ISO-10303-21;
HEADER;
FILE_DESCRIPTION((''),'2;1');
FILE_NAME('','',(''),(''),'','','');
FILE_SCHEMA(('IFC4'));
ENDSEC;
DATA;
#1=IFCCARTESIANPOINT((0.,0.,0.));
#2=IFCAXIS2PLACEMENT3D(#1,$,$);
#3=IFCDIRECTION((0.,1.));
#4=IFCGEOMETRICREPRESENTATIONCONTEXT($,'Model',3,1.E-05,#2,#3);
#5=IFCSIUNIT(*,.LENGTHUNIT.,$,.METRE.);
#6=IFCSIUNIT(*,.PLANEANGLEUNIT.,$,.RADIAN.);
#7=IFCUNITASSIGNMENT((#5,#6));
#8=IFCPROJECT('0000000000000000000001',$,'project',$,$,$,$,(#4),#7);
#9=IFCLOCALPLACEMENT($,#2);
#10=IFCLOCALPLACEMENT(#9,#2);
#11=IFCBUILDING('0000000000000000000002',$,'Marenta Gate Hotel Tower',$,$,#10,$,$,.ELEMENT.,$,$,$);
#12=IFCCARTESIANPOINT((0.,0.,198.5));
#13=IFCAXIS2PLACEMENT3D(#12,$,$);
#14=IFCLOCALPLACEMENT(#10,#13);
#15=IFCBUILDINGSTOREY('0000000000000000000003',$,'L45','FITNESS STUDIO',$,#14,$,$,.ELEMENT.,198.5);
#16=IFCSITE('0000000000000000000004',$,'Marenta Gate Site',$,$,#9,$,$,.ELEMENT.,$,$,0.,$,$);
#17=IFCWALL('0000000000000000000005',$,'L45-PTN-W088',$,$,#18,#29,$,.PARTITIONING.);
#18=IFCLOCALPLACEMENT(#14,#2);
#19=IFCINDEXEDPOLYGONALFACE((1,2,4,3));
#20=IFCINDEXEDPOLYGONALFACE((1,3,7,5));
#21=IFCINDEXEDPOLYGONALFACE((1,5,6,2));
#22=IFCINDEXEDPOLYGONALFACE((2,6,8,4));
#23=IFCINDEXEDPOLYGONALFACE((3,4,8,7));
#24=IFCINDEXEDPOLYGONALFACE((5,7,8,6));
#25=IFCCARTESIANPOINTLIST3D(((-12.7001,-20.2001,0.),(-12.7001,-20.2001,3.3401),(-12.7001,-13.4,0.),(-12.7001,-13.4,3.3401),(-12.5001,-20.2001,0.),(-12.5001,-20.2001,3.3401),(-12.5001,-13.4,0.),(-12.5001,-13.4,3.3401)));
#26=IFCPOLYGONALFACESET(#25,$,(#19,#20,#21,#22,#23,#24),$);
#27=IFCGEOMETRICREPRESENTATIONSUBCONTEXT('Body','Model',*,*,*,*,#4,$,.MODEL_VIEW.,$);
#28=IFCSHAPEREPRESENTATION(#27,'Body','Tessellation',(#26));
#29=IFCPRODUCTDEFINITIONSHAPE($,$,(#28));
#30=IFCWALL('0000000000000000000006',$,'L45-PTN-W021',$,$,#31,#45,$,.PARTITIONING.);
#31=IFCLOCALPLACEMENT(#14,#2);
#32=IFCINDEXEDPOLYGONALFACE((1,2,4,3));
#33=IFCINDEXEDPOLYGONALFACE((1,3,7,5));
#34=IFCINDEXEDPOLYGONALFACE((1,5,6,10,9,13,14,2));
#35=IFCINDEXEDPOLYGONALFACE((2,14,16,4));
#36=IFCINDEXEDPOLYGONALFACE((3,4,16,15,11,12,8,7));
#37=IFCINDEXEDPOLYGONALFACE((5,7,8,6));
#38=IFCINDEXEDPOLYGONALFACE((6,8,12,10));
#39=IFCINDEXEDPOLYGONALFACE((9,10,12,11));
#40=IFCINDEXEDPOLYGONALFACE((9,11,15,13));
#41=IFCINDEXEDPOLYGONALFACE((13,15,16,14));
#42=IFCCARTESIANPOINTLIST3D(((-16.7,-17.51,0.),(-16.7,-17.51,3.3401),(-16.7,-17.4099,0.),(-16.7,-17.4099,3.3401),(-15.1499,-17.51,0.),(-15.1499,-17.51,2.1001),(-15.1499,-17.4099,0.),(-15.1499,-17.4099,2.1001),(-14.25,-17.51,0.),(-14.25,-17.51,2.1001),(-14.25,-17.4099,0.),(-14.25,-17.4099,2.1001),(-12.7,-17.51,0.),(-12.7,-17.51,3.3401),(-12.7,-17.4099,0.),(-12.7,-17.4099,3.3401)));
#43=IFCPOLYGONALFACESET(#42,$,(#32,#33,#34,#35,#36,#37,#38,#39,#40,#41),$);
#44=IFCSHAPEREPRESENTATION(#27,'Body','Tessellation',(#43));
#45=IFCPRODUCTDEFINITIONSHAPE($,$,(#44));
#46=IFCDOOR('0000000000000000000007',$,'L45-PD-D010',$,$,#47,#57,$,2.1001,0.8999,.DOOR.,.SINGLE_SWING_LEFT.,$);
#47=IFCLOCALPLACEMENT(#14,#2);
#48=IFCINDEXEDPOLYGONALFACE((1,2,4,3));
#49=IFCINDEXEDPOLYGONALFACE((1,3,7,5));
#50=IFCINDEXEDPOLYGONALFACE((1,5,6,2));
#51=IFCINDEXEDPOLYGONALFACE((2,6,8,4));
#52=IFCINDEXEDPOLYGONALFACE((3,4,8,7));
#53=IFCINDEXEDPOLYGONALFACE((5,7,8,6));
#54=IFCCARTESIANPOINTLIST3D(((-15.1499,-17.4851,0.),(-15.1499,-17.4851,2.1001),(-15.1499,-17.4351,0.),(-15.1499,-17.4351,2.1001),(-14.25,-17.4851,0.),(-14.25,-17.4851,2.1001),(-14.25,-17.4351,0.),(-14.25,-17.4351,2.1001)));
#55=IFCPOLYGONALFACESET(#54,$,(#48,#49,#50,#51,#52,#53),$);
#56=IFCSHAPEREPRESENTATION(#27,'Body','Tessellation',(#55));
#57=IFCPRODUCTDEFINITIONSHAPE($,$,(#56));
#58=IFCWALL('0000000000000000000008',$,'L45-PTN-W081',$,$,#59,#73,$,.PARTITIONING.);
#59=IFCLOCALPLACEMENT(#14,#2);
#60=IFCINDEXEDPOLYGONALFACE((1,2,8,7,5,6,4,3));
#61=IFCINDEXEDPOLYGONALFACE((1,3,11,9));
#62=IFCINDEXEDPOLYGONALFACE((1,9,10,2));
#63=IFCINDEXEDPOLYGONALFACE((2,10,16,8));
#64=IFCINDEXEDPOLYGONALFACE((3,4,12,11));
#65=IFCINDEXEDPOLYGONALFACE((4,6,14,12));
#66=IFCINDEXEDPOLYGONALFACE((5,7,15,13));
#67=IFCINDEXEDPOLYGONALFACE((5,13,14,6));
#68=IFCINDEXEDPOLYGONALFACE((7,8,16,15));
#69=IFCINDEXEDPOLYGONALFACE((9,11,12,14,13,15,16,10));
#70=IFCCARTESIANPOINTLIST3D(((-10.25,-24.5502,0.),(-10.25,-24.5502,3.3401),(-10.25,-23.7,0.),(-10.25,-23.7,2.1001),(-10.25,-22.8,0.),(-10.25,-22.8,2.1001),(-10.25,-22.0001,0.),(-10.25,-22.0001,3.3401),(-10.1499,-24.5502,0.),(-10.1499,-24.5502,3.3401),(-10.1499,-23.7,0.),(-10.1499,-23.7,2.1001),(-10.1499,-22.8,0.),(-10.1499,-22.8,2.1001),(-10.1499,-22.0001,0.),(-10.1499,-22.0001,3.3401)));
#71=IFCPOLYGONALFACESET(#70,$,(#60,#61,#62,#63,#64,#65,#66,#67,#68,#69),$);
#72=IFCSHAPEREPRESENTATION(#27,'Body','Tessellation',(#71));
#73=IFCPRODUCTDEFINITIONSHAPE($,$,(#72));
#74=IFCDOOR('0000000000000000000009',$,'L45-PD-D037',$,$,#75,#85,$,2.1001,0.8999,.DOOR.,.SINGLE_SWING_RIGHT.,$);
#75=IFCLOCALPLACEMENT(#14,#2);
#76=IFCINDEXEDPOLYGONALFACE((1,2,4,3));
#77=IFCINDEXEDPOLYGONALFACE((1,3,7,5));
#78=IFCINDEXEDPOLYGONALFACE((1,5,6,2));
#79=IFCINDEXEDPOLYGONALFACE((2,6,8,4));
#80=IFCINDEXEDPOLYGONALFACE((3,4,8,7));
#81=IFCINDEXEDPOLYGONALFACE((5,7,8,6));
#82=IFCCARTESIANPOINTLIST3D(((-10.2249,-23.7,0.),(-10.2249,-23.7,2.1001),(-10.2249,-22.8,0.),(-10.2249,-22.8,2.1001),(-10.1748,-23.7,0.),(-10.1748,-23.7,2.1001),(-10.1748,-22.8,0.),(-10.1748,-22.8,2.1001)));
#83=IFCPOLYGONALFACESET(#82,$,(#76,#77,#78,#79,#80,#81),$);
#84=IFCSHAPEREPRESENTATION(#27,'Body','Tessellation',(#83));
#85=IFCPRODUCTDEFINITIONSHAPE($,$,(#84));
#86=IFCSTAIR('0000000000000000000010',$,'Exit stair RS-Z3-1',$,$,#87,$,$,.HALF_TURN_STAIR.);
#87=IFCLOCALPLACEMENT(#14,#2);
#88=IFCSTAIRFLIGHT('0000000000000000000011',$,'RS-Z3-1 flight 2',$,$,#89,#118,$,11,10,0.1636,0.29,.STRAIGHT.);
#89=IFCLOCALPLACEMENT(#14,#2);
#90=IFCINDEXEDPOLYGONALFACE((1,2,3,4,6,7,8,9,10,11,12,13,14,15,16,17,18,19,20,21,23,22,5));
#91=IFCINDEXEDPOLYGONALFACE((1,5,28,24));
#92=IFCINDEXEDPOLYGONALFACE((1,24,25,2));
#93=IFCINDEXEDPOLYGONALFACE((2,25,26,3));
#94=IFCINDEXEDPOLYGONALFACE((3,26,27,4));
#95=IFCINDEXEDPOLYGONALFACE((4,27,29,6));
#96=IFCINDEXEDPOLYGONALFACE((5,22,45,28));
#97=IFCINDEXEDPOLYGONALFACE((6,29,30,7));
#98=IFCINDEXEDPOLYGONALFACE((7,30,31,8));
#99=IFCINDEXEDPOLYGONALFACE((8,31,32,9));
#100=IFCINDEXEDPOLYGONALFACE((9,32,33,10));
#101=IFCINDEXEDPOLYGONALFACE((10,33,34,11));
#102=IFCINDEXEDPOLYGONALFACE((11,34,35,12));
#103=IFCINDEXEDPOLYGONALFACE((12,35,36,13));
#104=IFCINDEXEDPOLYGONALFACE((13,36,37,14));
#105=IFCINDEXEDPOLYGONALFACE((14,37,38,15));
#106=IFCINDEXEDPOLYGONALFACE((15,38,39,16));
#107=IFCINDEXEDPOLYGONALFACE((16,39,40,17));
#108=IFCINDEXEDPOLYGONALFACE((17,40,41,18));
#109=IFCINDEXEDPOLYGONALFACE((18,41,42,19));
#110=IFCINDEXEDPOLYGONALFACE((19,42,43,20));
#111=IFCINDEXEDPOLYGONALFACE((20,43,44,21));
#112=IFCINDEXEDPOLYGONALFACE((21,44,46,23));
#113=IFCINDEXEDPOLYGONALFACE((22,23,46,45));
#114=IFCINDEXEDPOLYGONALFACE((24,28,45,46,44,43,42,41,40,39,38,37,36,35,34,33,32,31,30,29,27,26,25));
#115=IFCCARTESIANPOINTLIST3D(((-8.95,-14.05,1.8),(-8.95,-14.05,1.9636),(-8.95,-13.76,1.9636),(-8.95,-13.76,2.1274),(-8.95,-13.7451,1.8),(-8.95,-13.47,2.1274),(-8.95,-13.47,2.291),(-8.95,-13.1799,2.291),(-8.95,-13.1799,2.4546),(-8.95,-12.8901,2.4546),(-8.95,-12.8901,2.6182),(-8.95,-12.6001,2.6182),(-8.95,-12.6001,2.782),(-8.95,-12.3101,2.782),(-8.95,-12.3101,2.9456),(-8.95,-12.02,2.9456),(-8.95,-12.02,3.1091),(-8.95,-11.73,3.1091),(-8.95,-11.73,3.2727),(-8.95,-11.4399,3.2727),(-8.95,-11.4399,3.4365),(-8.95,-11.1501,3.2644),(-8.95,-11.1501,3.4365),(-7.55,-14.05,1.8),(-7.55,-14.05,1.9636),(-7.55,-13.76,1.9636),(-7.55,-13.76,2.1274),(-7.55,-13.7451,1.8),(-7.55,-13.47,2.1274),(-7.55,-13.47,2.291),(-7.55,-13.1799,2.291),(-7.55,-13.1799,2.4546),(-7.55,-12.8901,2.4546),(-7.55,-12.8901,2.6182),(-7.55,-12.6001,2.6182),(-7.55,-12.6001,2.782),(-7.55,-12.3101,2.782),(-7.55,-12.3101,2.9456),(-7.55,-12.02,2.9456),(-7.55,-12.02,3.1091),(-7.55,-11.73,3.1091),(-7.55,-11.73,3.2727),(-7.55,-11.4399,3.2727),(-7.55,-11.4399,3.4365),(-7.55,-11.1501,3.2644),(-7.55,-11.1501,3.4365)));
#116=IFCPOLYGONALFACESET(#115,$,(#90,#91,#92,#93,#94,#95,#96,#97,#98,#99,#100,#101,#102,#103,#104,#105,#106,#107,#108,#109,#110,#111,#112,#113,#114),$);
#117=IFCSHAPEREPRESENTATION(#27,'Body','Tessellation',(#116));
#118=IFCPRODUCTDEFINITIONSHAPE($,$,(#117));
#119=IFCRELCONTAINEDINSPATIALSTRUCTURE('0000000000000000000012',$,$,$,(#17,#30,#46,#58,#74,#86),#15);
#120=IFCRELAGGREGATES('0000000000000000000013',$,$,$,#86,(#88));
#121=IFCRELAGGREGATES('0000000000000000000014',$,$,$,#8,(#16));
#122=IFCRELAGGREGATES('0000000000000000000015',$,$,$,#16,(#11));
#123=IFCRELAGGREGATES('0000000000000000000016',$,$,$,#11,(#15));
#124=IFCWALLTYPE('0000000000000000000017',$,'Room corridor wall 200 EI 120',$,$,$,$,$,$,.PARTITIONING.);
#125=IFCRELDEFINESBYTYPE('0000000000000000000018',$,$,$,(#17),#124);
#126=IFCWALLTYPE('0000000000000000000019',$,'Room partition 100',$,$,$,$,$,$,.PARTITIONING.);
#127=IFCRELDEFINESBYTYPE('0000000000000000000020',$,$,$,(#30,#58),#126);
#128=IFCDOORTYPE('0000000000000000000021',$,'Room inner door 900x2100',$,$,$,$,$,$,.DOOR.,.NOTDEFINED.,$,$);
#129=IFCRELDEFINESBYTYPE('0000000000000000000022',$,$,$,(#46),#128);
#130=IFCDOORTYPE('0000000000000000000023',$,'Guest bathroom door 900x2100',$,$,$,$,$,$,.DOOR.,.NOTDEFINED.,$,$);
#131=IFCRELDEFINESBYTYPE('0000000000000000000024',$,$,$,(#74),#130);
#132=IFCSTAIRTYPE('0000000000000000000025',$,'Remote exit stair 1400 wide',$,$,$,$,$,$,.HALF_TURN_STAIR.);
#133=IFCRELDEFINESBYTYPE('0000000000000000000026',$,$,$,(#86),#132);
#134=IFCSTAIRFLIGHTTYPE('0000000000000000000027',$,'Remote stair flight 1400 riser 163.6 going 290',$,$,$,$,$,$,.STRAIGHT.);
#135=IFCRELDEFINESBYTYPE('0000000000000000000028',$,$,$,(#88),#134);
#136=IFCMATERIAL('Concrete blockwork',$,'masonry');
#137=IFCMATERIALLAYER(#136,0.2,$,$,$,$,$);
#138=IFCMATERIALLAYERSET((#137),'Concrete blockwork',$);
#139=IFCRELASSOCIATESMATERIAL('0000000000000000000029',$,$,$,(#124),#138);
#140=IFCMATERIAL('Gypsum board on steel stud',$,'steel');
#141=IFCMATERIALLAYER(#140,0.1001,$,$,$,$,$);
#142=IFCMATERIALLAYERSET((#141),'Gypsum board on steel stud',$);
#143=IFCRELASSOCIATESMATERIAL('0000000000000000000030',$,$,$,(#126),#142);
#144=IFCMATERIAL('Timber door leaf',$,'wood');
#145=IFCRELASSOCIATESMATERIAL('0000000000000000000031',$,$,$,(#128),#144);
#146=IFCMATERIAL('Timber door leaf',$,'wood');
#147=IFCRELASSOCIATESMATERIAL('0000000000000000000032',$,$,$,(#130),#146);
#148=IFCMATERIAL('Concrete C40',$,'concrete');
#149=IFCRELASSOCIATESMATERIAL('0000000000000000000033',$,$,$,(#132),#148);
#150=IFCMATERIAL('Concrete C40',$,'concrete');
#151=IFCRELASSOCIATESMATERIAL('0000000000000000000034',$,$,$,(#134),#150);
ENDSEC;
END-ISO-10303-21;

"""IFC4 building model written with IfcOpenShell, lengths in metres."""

from ifc_helpers import new_model, si_unit, direction, frame, frame_2d, origin, place, context, subcontext, project, spatial, polyline, rectangle, outline, extrude, material, layer, layer_set, type_object, element, fill, aggregate, save


model = new_model("IFC4")

# Units and contexts
model_context = context("Model", 3, precision=1e-05, world=origin(), true_north=direction((0.0, 1.0)))
body_context = subcontext(model_context, "Body", "Model", "MODEL_VIEW")
ifc_project = project(units=[si_unit("LENGTHUNIT", "METRE"), si_unit("PLANEANGLEUNIT", "RADIAN")], contexts=[model_context])

# Site, building, storey
site_placement = place(None, origin())
site = spatial("IfcSite", under=ifc_project, at=site_placement, Name="Marenta Gate Site", CompositionType="ELEMENT", RefElevation=0.0)
building_placement = place(site_placement, origin())
building = spatial("IfcBuilding", under=site, at=building_placement, Name="Marenta Gate Hotel Tower", CompositionType="ELEMENT")
storey_placement = place(building_placement, frame((0.0, 0.0, 198.5)))
storey = spatial("IfcBuildingStorey", under=building, at=storey_placement, Name="L45", Description="FITNESS STUDIO", CompositionType="ELEMENT", Elevation=198.5)

# Wall
ifc_material_1 = material(Name="Concrete blockwork", Category="masonry")
ifc_layer_1 = layer(ifc_material_1, 0.2)
ifc_layer_set_1 = layer_set([ifc_layer_1], Name="Concrete blockwork")
wall_type_1 = type_object("IfcWallType", Name="Room corridor wall 200 EI 120", PredefinedType="PARTITIONING", material=ifc_layer_set_1)
wall_1_placement = place(storey_placement, frame((-12.6001, -20.2, 0.0), z_axis=(0.0, 0.0, 1.0), x_axis=(0.0, 1.0, 0.0)))
element("IfcWall", 1, at=wall_1_placement, inside=storey, type_object=wall_type_1, Name="L45-PTN-W088", PredefinedType="PARTITIONING", context=body_context, shape_type="SweptSolid", body=[
    extrude(rectangle(XDim=6.8, YDim=0.2, at=frame_2d((3.3999, 0.0))), origin(), (0.0, 0.0, 1.0), 3.3401),
])

# Walls, openings, doors
ifc_material_2 = material(Name="Gypsum board on steel stud", Category="steel")
ifc_layer_2 = layer(ifc_material_2, 0.1001)
ifc_layer_set_2 = layer_set([ifc_layer_2], Name="Gypsum board on steel stud")
wall_type_2 = type_object("IfcWallType", Name="Room partition 100", PredefinedType="PARTITIONING", material=ifc_layer_set_2)
wall_2_placement = place(storey_placement, frame((-16.7, -17.46, 0.0), z_axis=(0.0, 0.0, 1.0), x_axis=(1.0, 0.0, 0.0)))
wall_2 = element("IfcWall", 2, at=wall_2_placement, inside=storey, type_object=wall_type_2, Name="L45-PTN-W021", PredefinedType="PARTITIONING", context=body_context, shape_type="SweptSolid", body=[
    extrude(rectangle(XDim=4.0, YDim=0.1001, at=frame_2d((2.0, 0.0))), origin(), (0.0, 0.0, 1.0), 3.3401),
])
opening_1_placement = place(wall_2_placement, frame((1.55, 0.0, 0.0)))
opening_1 = element("IfcOpeningElement", 3, at=opening_1_placement, cuts=wall_2, PredefinedType="OPENING", context=body_context, shape_type="SweptSolid", body=[
    extrude(rectangle(XDim=0.8999, YDim=2.1001, at=frame_2d((0.45, 1.05))), frame((0.0, 0.05, 0.0), z_axis=(0.0, -1.0, 0.0), x_axis=(1.0, 0.0, 0.0)), (0.0, 0.0, 1.0), 0.1001),
])
ifc_material_3 = material(Name="Timber door leaf", Category="wood")
door_type_1 = type_object("IfcDoorType", Name="Room inner door 900x2100", OperationType="NOTDEFINED", PredefinedType="DOOR", material=ifc_material_3)
door_1_placement = place(opening_1_placement, origin())
door_1 = element("IfcDoor", 4, at=door_1_placement, inside=storey, type_object=door_type_1, Name="L45-PD-D010", OperationType="SINGLE_SWING_LEFT", OverallHeight=2.1001, OverallWidth=0.8999, PredefinedType="DOOR", context=body_context, shape_type="SweptSolid", body=[
    extrude(rectangle(XDim=0.8999, YDim=2.1001, at=frame_2d((0.45, 1.05))), frame((0.0, 0.0249, 0.0), z_axis=(0.0, -1.0, 0.0), x_axis=(1.0, 0.0, 0.0)), (0.0, 0.0, 1.0), 0.05),
])
fill(opening_1, door_1)
wall_3_placement = place(storey_placement, frame((-10.2, -24.55, 0.0), z_axis=(0.0, 0.0, 1.0), x_axis=(0.0, 1.0, 0.0)))
wall_3 = element("IfcWall", 5, at=wall_3_placement, inside=storey, type_object=wall_type_2, Name="L45-PTN-W081", PredefinedType="PARTITIONING", context=body_context, shape_type="SweptSolid", body=[
    extrude(rectangle(XDim=2.55, YDim=0.1001, at=frame_2d((1.2749, 0.0))), origin(), (0.0, 0.0, 1.0), 3.3401),
])
opening_2_placement = place(wall_3_placement, frame((0.8501, 0.0, 0.0)))
opening_2 = element("IfcOpeningElement", 6, at=opening_2_placement, cuts=wall_3, PredefinedType="OPENING", context=body_context, shape_type="SweptSolid", body=[
    extrude(rectangle(XDim=0.8999, YDim=2.1001, at=frame_2d((0.45, 1.05))), frame((0.0, 0.05, 0.0), z_axis=(0.0, -1.0, 0.0), x_axis=(1.0, 0.0, 0.0)), (0.0, 0.0, 1.0), 0.1001),
])
ifc_material_4 = material(Name="Timber door leaf", Category="wood")
door_type_2 = type_object("IfcDoorType", Name="Guest bathroom door 900x2100", OperationType="NOTDEFINED", PredefinedType="DOOR", material=ifc_material_4)
door_2_placement = place(opening_2_placement, origin())
door_2 = element("IfcDoor", 7, at=door_2_placement, inside=storey, type_object=door_type_2, Name="L45-PD-D037", OperationType="SINGLE_SWING_RIGHT", OverallHeight=2.1001, OverallWidth=0.8999, PredefinedType="DOOR", context=body_context, shape_type="SweptSolid", body=[
    extrude(rectangle(XDim=0.8999, YDim=2.1001, at=frame_2d((0.45, 1.05))), frame((0.0, 0.0249, 0.0), z_axis=(0.0, -1.0, 0.0), x_axis=(1.0, 0.0, 0.0)), (0.0, 0.0, 1.0), 0.05),
])
fill(opening_2, door_2)

# Stair, stair flight
ifc_material_5 = material(Name="Concrete C40", Category="concrete")
stair_type = type_object("IfcStairType", Name="Remote exit stair 1400 wide", PredefinedType="HALF_TURN_STAIR", material=ifc_material_5)
stair_placement = place(storey_placement, origin())
stair = element("IfcStair", 8, at=stair_placement, inside=storey, type_object=stair_type, Name="Exit stair RS-Z3-1", PredefinedType="HALF_TURN_STAIR")
ifc_material_6 = material(Name="Concrete C40", Category="concrete")
stair_flight_type = type_object("IfcStairFlightType", Name="Remote stair flight 1400 riser 163.6 going 290", PredefinedType="STRAIGHT", material=ifc_material_6)
stair_flight_placement = place(storey_placement, frame((-8.25, -14.05, 1.8), z_axis=(0.0, 0.0, 1.0), x_axis=(0.0, 1.0, 0.0)))
stair_flight = element("IfcStairFlight", 9, at=stair_flight_placement, type_object=stair_flight_type, Name="RS-Z3-1 flight 2", NumberOfRisers=11, NumberOfTreads=10, PredefinedType="STRAIGHT", RiserHeight=0.1636, TreadLength=0.29, context=body_context, shape_type="SweptSolid", body=[
    extrude(outline(polyline([(0.0, 0.0), (0.0, 0.1636), (0.29, 0.1636), (0.29, 0.3274), (0.5801, 0.3274), (0.5801, 0.491), (0.8701, 0.491), (0.8701, 0.6545), (1.1599, 0.6545), (1.1599, 0.8181), (1.45, 0.8181), (1.45, 0.9819), (1.74, 0.9819), (1.74, 1.1455), (2.03, 1.1455), (2.03, 1.3091), (2.3201, 1.3091), (2.3201, 1.4727), (2.6101, 1.4727), (2.6101, 1.6365), (2.8999, 1.6365), (2.8999, 1.8), (2.8999, 1.4644), (0.3049, 0.0), (0.0, 0.0)])), frame((0.0, 0.7, 0.0), z_axis=(0.0, -1.0, 0.0), x_axis=(1.0, 0.0, 0.0)), (0.0, 0.0, 1.0), 1.3999),
])
aggregate(stair, [stair_flight])

save(model, "model.ifc")
